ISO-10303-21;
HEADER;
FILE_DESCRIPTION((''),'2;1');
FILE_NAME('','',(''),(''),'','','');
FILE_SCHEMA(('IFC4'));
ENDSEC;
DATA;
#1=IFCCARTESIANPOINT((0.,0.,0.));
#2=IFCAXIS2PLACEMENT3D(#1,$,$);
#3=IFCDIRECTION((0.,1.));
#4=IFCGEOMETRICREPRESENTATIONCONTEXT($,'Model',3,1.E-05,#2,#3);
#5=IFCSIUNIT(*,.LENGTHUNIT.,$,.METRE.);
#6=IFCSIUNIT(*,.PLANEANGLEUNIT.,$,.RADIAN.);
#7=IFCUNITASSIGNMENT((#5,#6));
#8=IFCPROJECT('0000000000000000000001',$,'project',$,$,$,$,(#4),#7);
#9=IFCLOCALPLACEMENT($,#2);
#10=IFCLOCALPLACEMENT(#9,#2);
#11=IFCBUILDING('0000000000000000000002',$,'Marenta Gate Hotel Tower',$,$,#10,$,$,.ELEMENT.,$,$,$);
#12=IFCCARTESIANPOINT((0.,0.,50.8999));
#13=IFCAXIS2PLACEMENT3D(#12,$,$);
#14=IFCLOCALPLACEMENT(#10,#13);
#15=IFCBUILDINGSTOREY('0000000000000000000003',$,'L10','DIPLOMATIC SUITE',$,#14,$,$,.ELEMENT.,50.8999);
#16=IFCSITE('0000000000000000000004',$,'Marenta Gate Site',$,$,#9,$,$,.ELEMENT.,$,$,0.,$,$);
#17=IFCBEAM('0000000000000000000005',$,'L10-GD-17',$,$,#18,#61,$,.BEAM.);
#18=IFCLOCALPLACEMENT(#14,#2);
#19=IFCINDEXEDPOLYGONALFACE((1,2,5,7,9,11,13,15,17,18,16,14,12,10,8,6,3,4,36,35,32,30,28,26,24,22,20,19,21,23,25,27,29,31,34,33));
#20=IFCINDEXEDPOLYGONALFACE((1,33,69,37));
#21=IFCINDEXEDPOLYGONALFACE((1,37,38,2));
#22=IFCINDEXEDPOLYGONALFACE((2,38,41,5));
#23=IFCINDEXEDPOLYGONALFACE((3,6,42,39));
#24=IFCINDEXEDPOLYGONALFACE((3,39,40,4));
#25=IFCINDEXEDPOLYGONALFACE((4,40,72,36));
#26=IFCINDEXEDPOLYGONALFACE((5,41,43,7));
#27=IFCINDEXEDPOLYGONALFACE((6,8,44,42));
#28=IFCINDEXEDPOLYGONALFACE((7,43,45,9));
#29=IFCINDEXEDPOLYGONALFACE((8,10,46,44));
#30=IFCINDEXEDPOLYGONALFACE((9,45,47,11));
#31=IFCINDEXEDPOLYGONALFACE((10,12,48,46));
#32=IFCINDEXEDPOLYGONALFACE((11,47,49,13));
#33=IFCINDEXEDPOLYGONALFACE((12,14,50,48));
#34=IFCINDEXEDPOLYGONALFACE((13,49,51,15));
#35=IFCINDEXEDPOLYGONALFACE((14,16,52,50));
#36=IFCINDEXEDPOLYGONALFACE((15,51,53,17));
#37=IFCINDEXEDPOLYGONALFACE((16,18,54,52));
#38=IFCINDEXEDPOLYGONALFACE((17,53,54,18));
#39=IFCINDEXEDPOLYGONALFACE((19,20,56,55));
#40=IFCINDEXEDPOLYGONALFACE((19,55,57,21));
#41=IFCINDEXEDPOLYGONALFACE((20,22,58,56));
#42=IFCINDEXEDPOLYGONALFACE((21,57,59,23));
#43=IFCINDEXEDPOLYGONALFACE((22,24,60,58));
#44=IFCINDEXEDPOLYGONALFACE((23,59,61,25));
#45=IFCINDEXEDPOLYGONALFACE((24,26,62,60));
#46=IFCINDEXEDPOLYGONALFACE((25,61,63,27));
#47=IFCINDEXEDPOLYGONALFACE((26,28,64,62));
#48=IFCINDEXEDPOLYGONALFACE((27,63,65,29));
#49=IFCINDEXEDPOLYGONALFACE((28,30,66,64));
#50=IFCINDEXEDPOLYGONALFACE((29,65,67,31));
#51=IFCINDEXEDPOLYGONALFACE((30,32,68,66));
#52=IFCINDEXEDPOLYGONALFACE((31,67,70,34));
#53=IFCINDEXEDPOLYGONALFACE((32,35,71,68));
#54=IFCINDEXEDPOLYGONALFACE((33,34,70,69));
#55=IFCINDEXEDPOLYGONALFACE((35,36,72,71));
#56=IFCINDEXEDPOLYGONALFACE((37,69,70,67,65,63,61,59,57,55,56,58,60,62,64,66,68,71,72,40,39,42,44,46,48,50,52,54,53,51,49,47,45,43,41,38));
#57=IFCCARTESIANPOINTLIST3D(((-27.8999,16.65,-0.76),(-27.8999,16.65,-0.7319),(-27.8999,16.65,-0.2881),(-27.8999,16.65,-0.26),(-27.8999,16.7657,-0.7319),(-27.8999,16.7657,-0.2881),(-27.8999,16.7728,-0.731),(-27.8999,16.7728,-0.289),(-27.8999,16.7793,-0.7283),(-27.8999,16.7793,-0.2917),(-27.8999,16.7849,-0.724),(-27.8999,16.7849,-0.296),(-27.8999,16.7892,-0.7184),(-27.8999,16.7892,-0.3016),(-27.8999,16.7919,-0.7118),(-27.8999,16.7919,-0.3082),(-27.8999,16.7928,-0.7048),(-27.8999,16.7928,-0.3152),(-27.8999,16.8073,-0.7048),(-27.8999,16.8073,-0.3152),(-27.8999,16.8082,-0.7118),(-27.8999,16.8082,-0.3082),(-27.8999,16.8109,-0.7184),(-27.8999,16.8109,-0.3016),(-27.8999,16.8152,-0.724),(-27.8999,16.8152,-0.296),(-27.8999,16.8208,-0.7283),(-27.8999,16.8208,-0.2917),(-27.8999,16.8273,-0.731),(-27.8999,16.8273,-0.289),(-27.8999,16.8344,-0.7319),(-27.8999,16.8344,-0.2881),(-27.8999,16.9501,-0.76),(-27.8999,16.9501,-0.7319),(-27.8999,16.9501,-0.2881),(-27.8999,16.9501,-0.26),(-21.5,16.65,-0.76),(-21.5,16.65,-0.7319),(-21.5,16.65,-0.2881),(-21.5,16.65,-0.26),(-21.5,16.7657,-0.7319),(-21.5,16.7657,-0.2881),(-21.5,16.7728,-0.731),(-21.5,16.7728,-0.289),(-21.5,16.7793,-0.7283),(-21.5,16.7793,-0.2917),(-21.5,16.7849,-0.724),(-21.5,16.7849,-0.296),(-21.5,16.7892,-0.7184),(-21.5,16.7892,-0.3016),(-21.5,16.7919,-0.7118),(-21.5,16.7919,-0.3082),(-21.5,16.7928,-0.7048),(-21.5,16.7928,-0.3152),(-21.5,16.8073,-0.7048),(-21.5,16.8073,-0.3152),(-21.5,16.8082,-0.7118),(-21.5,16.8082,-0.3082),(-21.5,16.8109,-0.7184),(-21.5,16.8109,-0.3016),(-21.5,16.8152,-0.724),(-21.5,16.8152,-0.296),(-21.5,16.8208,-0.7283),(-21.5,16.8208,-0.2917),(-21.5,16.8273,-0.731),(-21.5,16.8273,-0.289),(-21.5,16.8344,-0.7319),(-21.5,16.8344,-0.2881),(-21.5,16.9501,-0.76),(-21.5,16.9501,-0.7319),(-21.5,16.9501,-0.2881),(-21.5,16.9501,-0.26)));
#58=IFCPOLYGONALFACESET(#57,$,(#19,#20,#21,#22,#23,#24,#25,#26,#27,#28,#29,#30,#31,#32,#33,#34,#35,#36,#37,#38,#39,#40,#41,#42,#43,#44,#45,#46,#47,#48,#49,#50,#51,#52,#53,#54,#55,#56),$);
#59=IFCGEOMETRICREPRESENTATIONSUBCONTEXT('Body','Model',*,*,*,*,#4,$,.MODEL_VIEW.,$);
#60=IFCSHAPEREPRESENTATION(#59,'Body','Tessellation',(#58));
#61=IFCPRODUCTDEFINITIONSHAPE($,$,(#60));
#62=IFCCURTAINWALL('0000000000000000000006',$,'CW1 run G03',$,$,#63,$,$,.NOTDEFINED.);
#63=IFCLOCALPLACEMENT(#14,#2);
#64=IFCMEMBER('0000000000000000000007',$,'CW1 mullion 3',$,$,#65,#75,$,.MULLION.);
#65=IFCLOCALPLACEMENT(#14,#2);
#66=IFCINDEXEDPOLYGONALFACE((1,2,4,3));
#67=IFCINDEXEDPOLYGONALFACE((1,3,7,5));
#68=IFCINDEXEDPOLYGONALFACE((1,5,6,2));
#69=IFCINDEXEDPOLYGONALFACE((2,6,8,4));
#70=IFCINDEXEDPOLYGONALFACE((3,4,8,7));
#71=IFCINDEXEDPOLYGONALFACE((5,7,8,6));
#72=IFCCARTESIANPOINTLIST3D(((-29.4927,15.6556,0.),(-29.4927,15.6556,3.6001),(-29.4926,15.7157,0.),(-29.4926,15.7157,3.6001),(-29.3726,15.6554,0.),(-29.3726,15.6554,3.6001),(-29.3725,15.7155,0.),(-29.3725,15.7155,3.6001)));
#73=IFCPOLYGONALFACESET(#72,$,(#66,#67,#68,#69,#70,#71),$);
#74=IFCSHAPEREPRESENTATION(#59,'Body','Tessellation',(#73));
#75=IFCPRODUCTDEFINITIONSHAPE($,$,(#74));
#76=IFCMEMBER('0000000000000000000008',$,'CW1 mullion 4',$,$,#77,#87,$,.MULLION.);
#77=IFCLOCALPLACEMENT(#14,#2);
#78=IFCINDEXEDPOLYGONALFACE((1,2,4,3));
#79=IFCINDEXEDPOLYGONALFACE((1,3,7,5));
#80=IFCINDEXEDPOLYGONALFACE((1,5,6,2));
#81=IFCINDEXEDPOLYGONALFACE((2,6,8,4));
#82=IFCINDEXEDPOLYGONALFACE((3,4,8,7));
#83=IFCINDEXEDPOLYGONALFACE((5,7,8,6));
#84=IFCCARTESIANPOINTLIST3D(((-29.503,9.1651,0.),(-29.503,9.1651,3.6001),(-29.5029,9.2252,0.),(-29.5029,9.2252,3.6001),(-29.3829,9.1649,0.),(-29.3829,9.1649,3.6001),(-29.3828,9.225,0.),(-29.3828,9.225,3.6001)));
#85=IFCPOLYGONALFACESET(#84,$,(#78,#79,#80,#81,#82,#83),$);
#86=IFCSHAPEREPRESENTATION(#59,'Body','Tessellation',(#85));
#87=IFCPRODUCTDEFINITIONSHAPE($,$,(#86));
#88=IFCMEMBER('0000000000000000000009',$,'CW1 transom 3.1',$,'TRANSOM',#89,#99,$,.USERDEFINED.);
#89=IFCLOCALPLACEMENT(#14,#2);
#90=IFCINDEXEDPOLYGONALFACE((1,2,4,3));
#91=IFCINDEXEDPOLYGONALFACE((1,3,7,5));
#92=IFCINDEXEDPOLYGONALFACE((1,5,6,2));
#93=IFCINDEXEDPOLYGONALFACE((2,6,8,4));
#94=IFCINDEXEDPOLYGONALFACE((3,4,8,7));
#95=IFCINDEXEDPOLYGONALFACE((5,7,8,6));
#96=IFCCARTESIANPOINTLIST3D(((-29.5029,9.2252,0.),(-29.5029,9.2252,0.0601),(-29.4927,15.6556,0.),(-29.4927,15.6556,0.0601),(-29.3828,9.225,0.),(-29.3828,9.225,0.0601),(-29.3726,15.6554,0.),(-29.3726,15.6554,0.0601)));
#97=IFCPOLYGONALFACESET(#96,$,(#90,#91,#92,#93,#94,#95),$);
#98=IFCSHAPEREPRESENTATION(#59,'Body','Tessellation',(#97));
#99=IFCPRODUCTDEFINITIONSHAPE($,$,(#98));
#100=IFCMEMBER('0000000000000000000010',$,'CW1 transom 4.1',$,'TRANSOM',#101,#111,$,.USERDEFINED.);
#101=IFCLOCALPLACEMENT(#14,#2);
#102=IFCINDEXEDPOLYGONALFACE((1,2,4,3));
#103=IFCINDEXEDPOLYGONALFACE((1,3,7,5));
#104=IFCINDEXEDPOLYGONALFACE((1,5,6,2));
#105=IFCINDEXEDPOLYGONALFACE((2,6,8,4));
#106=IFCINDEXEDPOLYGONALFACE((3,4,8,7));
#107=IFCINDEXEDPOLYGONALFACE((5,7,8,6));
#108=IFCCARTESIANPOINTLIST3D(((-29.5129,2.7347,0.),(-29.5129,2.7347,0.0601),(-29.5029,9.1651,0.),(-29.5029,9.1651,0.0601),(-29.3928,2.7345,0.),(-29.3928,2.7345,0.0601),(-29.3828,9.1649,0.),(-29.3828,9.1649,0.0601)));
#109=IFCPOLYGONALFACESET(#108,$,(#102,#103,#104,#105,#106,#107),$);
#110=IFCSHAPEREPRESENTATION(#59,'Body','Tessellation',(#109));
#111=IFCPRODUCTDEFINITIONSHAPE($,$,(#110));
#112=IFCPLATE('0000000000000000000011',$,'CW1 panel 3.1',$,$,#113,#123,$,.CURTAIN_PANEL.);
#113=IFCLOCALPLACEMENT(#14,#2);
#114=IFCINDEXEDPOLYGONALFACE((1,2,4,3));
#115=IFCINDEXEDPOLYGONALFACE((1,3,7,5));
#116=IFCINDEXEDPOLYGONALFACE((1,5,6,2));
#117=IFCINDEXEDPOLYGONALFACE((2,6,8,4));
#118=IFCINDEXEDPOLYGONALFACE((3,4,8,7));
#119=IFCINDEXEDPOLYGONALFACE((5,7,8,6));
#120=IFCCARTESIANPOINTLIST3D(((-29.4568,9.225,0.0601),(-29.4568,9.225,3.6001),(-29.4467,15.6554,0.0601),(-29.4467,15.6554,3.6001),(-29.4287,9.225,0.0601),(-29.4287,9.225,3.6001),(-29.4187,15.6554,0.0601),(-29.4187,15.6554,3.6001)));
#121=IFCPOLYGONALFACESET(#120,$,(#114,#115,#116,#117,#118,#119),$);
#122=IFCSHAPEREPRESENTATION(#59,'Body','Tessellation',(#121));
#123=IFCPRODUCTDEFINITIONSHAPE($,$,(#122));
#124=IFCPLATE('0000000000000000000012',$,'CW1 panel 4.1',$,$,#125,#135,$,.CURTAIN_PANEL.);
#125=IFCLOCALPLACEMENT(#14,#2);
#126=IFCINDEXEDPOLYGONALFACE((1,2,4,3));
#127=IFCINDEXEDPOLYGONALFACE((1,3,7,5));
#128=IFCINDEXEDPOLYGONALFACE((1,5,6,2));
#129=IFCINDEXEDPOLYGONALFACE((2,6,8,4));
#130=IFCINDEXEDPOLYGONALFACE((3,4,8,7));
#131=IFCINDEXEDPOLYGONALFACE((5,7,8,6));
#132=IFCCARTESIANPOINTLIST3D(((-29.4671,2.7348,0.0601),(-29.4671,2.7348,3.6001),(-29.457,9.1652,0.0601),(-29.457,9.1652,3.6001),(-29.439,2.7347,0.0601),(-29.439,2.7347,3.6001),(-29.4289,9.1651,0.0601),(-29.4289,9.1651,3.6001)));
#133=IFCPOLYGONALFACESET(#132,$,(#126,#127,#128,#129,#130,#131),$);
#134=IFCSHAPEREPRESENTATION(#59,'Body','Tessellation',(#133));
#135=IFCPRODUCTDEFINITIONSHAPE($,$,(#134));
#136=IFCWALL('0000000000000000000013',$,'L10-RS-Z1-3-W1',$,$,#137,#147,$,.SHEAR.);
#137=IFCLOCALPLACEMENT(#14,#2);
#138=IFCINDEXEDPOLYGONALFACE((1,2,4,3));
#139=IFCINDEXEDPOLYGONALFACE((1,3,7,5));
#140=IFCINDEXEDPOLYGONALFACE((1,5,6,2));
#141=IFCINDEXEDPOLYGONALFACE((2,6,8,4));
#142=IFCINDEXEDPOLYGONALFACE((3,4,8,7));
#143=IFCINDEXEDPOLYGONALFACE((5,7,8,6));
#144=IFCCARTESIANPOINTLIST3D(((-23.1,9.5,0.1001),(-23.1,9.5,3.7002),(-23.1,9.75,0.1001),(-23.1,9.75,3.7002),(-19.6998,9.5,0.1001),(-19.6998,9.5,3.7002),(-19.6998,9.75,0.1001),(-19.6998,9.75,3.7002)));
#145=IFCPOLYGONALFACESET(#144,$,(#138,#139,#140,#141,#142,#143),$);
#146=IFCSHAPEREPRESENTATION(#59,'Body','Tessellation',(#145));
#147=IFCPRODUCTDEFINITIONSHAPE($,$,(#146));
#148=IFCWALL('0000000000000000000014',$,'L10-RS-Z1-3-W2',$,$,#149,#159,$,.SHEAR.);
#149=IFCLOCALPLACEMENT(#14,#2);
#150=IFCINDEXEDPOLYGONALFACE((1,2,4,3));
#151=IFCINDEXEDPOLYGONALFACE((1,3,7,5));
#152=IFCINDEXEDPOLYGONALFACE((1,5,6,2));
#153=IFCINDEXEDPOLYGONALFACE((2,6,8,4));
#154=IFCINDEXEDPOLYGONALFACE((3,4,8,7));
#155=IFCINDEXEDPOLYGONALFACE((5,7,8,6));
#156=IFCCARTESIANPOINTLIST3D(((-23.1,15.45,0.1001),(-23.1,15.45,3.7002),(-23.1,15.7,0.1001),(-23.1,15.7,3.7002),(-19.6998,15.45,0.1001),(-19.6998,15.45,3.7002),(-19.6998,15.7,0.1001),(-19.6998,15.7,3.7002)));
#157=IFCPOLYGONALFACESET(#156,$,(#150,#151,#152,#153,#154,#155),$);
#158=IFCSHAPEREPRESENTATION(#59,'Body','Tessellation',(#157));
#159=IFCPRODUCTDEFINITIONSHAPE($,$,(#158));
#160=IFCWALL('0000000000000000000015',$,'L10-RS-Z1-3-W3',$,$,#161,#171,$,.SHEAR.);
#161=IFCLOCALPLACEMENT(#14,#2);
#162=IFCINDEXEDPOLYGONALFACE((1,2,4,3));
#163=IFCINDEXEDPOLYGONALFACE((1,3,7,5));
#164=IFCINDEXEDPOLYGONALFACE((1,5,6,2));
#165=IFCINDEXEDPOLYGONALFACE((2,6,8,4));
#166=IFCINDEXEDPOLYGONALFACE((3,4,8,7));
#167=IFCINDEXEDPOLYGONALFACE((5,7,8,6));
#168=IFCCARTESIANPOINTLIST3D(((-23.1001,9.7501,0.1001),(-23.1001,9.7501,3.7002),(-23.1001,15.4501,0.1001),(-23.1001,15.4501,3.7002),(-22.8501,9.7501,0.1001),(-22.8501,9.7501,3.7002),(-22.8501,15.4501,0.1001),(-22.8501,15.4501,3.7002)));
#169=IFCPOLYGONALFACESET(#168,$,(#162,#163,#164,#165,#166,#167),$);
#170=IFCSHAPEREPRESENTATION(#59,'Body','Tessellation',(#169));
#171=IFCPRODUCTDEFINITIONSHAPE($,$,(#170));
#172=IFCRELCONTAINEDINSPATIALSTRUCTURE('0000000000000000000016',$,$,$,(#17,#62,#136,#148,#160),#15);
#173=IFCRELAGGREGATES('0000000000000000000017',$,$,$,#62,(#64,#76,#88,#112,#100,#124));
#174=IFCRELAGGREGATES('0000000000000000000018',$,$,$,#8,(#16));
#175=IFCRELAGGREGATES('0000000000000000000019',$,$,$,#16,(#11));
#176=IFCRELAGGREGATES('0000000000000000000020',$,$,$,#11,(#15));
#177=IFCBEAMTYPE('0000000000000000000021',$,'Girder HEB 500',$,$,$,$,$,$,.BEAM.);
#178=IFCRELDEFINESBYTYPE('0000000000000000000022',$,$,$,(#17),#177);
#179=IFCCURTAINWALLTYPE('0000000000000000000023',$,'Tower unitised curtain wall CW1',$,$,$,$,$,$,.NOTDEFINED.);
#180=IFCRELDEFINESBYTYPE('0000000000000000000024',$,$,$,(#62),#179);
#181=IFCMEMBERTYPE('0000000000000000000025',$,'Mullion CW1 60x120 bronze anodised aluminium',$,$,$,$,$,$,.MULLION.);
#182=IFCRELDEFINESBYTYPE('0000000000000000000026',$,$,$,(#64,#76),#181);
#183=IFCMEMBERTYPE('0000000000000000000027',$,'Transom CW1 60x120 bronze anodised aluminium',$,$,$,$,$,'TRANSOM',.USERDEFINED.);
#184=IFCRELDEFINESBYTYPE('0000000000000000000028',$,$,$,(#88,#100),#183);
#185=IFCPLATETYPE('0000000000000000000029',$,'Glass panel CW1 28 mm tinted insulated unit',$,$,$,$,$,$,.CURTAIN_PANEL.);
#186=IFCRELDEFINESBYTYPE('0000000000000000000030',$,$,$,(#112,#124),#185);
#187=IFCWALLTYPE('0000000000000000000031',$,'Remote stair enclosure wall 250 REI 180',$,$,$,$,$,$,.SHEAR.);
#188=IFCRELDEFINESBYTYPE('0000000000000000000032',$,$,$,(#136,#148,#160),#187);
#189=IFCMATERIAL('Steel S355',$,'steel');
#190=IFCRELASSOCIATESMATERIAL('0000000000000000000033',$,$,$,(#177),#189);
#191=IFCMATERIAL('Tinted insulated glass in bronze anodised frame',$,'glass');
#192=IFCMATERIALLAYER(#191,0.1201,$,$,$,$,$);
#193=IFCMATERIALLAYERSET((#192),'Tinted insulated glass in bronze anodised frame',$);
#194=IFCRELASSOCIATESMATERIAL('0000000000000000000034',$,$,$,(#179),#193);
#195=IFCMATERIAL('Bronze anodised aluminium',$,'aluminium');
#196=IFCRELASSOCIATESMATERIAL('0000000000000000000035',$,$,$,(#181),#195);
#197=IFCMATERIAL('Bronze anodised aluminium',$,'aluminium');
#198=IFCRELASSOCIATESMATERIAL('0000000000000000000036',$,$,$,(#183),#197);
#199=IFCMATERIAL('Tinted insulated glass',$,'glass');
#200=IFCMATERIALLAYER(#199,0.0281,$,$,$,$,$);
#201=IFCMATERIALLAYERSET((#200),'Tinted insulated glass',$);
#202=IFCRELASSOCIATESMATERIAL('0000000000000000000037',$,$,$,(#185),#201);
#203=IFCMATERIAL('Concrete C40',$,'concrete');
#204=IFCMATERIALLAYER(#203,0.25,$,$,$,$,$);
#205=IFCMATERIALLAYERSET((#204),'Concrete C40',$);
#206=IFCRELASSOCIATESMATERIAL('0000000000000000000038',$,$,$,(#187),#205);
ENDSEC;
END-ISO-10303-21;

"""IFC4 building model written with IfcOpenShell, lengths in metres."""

from ifc_helpers import new_model, si_unit, direction, frame, frame_2d, origin, origin_2d, place, context, subcontext, project, spatial, rectangle, i_section, extrude, material, layer, layer_set, material_profile, profile_set, type_object, element, aggregate, save


model = new_model("IFC4")

# Units and contexts
model_context = context("Model", 3, precision=1e-05, world=origin(), true_north=direction((0.0, 1.0)))
body_context = subcontext(model_context, "Body", "Model", "MODEL_VIEW")
ifc_project = project(units=[si_unit("LENGTHUNIT", "METRE"), si_unit("PLANEANGLEUNIT", "RADIAN")], contexts=[model_context])

# Site, building, storey
site_placement = place(None, origin())
site = spatial("IfcSite", under=ifc_project, at=site_placement, Name="Marenta Gate Site", CompositionType="ELEMENT", RefElevation=0.0)
building_placement = place(site_placement, origin())
building = spatial("IfcBuilding", under=site, at=building_placement, Name="Marenta Gate Hotel Tower", CompositionType="ELEMENT")
storey_placement = place(building_placement, frame((0.0, 0.0, 50.8999)))
storey = spatial("IfcBuildingStorey", under=building, at=storey_placement, Name="L10", Description="DIPLOMATIC SUITE", CompositionType="ELEMENT", Elevation=50.8999)

# Beam
ifc_material_1 = material(Name="Steel S355", Category="steel")
ifc_material_profile_1 = material_profile(ifc_material_1, i_section(OverallWidth=0.3, OverallDepth=0.5, WebThickness=0.0144, FlangeThickness=0.0281, FilletRadius=0.0271, at=origin_2d()), Name="HEB 500")
ifc_profile_set_1 = profile_set([ifc_material_profile_1], Name="Steel S355")
beam_type_1 = type_object("IfcBeamType", Name="Girder HEB 500", PredefinedType="BEAM", material=ifc_profile_set_1)
beam_1_placement = place(storey_placement, frame((-27.8999, 16.8, -0.51), z_axis=(1.0, 0.0, 0.0), x_axis=(0.0, 1.0, 0.0)))
element("IfcBeam", 1, at=beam_1_placement, inside=storey, type_object=beam_type_1, Name="L10-GD-17", PredefinedType="BEAM", context=body_context, shape_type="SweptSolid", body=[
    extrude(i_section(OverallWidth=0.3, OverallDepth=0.5, WebThickness=0.0144, FlangeThickness=0.0281, FilletRadius=0.0271, at=origin_2d()), origin(), (0.0, 0.0, 1.0), 6.3999),
])

# Curtain wall, members, plates
ifc_material_2 = material(Name="Tinted insulated glass in bronze anodised frame", Category="glass")
ifc_layer_1 = layer(ifc_material_2, 0.1201)
ifc_layer_set_1 = layer_set([ifc_layer_1], Name="Tinted insulated glass in bronze anodised frame")
curtain_wall_type = type_object("IfcCurtainWallType", Name="Tower unitised curtain wall CW1", PredefinedType="NOTDEFINED", material=ifc_layer_set_1)
curtain_wall_placement = place(storey_placement, origin())
curtain_wall = element("IfcCurtainWall", 2, at=curtain_wall_placement, inside=storey, type_object=curtain_wall_type, Name="CW1 run G03", PredefinedType="NOTDEFINED")
ifc_material_3 = material(Name="Bronze anodised aluminium", Category="aluminium")
ifc_material_profile_2 = material_profile(ifc_material_3, rectangle(XDim=0.1201, YDim=0.0601, at=origin_2d()), Name="Mullion CW1 60x120 bronze anodised aluminium")
ifc_profile_set_2 = profile_set([ifc_material_profile_2], Name="Bronze anodised aluminium")
member_type_1 = type_object("IfcMemberType", Name="Mullion CW1 60x120 bronze anodised aluminium", PredefinedType="MULLION", material=ifc_profile_set_2)
member_1_placement = place(storey_placement, frame((-29.4326, 15.6855, 0.0), z_axis=(0.0, 0.0, 1.0), x_axis=(0.999999, -0.001566, 0.0)))
member_1 = element("IfcMember", 3, at=member_1_placement, type_object=member_type_1, Name="CW1 mullion 3", PredefinedType="MULLION", context=body_context, shape_type="SweptSolid", body=[
    extrude(rectangle(XDim=0.1201, YDim=0.0601, at=origin_2d()), origin(), (0.0, 0.0, 1.0), 3.6001),
])
member_2_placement = place(storey_placement, frame((-29.4429, 9.1951, 0.0), z_axis=(0.0, 0.0, 1.0), x_axis=(0.999999, -0.001566, 0.0)))
member_2 = element("IfcMember", 4, at=member_2_placement, type_object=member_type_1, Name="CW1 mullion 4", PredefinedType="MULLION", context=body_context, shape_type="SweptSolid", body=[
    extrude(rectangle(XDim=0.1201, YDim=0.0601, at=origin_2d()), origin(), (0.0, 0.0, 1.0), 3.6001),
])
ifc_material_4 = material(Name="Bronze anodised aluminium", Category="aluminium")
ifc_material_profile_3 = material_profile(ifc_material_4, rectangle(XDim=0.1201, YDim=0.0601, at=origin_2d()), Name="Transom CW1 60x120 bronze anodised aluminium")
ifc_profile_set_3 = profile_set([ifc_material_profile_3], Name="Bronze anodised aluminium")
member_type_2 = type_object("IfcMemberType", Name="Transom CW1 60x120 bronze anodised aluminium", ElementType="TRANSOM", PredefinedType="USERDEFINED", material=ifc_profile_set_3)
member_3_placement = place(storey_placement, frame((-29.4326, 15.6555, 0.03), z_axis=(-0.001595, -0.999999, 0.0), x_axis=(0.999999, -0.001595, 0.0)))
member_3 = element("IfcMember", 5, at=member_3_placement, type_object=member_type_2, Name="CW1 transom 3.1", ObjectType="TRANSOM", PredefinedType="USERDEFINED", context=body_context, shape_type="SweptSolid", body=[
    extrude(rectangle(XDim=0.1201, YDim=0.0601, at=origin_2d()), origin(), (0.0, 0.0, 1.0), 6.4304),
])
member_4_placement = place(storey_placement, frame((-29.4429, 9.165, 0.03), z_axis=(-0.001557, -0.999999, 0.0), x_axis=(0.999999, -0.001557, 0.0)))
member_4 = element("IfcMember", 6, at=member_4_placement, type_object=member_type_2, Name="CW1 transom 4.1", ObjectType="TRANSOM", PredefinedType="USERDEFINED", context=body_context, shape_type="SweptSolid", body=[
    extrude(rectangle(XDim=0.1201, YDim=0.0601, at=origin_2d()), origin(), (0.0, 0.0, 1.0), 6.4304),
])
ifc_material_5 = material(Name="Tinted insulated glass", Category="glass")
ifc_layer_2 = layer(ifc_material_5, 0.0281)
ifc_layer_set_2 = layer_set([ifc_layer_2], Name="Tinted insulated glass")
plate_type = type_object("IfcPlateType", Name="Glass panel CW1 28 mm tinted insulated unit", PredefinedType="CURTAIN_PANEL", material=ifc_layer_set_2)
plate_1_placement = place(storey_placement, frame((-29.4377, 12.4402, 0.0601), z_axis=(0.0, 0.0, 1.0), x_axis=(-0.001566, -0.999999, 0.0)))
plate_1 = element("IfcPlate", 7, at=plate_1_placement, type_object=plate_type, Name="CW1 panel 3.1", PredefinedType="CURTAIN_PANEL", context=body_context, shape_type="SweptSolid", body=[
    extrude(rectangle(XDim=6.4304, YDim=0.0281, at=origin_2d()), origin(), (0.0, 0.0, 1.0), 3.54),
])
plate_2_placement = place(storey_placement, frame((-29.448, 5.95, 0.0601), z_axis=(0.0, 0.0, 1.0), x_axis=(-0.001566, -0.999999, 0.0)))
plate_2 = element("IfcPlate", 8, at=plate_2_placement, type_object=plate_type, Name="CW1 panel 4.1", PredefinedType="CURTAIN_PANEL", context=body_context, shape_type="SweptSolid", body=[
    extrude(rectangle(XDim=6.4304, YDim=0.0281, at=origin_2d()), origin(), (0.0, 0.0, 1.0), 3.54),
])
aggregate(curtain_wall, [member_1, member_2, member_3, plate_1, member_4, plate_2])

# Walls
ifc_material_6 = material(Name="Concrete C40", Category="concrete")
ifc_layer_3 = layer(ifc_material_6, 0.25)
ifc_layer_set_3 = layer_set([ifc_layer_3], Name="Concrete C40")
wall_type_1 = type_object("IfcWallType", Name="Remote stair enclosure wall 250 REI 180", PredefinedType="SHEAR", material=ifc_layer_set_3)
for number, where, z_axis, x_axis, name in (
    (9, (-23.1001, 9.625, 0.1001), (0.0, 0.0, 1.0), (1.0, 0.0, 0.0), "L10-RS-Z1-3-W1"),
    (10, (-23.1001, 15.575, 0.1001), (0.0, 0.0, 1.0), (1.0, 0.0, 0.0), "L10-RS-Z1-3-W2"),
):
    element("IfcWall", number, at=place(storey_placement, frame(where, z_axis=z_axis, x_axis=x_axis)), inside=storey, type_object=wall_type_1, Name=name, PredefinedType="SHEAR", context=body_context, shape_type="SweptSolid", body=[
        extrude(rectangle(XDim=3.4001, YDim=0.25, at=frame_2d((1.7002, 0.0))), origin(), (0.0, 0.0, 1.0), 3.6001),
    ])
wall_1_placement = place(storey_placement, frame((-22.9751, 9.75, 0.1001), z_axis=(0.0, 0.0, 1.0), x_axis=(0.0, 1.0, 0.0)))
element("IfcWall", 11, at=wall_1_placement, inside=storey, type_object=wall_type_1, Name="L10-RS-Z1-3-W3", PredefinedType="SHEAR", context=body_context, shape_type="SweptSolid", body=[
    extrude(rectangle(XDim=5.7, YDim=0.25, at=frame_2d((2.8501, 0.0))), origin(), (0.0, 0.0, 1.0), 3.6001),
])

save(model, "model.ifc")
